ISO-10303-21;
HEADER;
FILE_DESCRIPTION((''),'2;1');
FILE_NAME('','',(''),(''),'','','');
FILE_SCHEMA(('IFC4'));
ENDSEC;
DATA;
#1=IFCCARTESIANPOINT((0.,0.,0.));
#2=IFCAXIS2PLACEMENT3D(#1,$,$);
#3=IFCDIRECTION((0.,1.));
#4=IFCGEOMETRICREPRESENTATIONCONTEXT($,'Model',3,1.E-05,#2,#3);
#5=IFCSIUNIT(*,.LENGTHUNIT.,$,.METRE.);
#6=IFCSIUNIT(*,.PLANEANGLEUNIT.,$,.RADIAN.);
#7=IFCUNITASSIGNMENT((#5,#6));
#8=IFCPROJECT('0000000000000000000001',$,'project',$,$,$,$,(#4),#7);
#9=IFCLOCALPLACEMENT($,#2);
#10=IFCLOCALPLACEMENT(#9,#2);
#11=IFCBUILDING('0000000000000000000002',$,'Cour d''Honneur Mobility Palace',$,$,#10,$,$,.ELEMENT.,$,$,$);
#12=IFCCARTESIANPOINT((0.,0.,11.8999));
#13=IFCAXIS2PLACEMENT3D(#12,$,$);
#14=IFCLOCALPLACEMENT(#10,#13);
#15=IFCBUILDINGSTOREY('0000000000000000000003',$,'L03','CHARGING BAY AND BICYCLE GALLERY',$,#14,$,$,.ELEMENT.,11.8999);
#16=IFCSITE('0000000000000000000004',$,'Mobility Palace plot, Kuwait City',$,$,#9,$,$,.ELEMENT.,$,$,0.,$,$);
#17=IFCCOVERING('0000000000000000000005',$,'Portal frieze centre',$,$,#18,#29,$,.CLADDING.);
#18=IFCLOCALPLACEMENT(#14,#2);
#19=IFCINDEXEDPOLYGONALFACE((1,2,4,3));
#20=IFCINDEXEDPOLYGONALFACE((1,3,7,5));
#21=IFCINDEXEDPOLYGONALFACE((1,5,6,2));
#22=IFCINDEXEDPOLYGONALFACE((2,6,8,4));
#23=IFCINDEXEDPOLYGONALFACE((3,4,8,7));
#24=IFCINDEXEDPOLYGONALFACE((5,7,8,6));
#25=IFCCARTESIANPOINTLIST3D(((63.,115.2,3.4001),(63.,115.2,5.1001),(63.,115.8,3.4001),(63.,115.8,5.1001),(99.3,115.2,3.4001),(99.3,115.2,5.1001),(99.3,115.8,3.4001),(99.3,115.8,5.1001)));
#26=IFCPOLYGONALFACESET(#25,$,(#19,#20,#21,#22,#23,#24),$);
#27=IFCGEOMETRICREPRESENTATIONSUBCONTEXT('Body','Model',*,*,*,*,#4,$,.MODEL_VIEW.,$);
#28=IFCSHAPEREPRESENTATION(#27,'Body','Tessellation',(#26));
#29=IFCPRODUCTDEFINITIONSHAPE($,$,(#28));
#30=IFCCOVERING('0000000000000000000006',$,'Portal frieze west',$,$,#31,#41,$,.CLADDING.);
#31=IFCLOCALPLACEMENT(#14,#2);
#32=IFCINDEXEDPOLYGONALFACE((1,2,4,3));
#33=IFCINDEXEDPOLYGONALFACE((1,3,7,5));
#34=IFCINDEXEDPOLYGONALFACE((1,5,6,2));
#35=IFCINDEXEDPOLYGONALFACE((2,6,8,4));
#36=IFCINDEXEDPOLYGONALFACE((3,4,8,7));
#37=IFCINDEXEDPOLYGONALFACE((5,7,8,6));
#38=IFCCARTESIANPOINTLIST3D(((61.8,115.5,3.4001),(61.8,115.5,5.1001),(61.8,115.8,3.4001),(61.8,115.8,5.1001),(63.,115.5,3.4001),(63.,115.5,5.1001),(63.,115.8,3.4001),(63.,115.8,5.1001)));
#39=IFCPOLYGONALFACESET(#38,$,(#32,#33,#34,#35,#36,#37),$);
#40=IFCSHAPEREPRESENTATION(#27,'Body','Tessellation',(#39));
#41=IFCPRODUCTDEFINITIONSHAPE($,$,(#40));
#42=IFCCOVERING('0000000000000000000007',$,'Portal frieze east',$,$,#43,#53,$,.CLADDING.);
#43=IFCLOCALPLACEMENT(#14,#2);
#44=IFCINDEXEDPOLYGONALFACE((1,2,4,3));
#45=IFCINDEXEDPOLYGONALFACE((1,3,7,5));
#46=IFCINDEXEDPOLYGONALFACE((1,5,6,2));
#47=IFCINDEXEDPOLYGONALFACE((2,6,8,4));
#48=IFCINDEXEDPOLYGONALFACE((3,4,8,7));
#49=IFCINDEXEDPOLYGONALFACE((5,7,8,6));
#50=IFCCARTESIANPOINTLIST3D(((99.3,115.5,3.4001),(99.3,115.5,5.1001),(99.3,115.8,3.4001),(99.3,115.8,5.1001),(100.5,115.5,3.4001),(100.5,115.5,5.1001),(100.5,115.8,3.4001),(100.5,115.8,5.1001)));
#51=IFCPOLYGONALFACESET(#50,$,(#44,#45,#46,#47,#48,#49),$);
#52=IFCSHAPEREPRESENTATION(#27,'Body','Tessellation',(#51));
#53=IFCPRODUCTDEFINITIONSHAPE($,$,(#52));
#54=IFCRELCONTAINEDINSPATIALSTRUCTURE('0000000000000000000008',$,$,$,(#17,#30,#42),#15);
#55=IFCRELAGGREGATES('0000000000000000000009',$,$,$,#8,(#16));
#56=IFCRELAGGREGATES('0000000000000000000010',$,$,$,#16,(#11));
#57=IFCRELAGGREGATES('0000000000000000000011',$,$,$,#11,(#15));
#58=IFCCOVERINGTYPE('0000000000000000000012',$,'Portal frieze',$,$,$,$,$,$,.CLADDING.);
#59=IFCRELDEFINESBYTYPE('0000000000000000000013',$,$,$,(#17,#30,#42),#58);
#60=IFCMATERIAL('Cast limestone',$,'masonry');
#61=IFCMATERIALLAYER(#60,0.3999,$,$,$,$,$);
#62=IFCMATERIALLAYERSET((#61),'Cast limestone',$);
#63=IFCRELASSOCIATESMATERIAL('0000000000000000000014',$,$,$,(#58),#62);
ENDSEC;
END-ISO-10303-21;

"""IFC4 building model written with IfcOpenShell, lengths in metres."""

from ifc_helpers import new_model, si_unit, direction, frame, origin, place, context, subcontext, project, spatial, polyline, outline, extrude, material, layer, layer_set, type_object, element, save


model = new_model("IFC4")

# Units and contexts
model_context = context("Model", 3, precision=1e-05, world=origin(), true_north=direction((0.0, 1.0)))
body_context = subcontext(model_context, "Body", "Model", "MODEL_VIEW")
ifc_project = project(units=[si_unit("LENGTHUNIT", "METRE"), si_unit("PLANEANGLEUNIT", "RADIAN")], contexts=[model_context])

# Site, building, storey
site_placement = place(None, origin())
site = spatial("IfcSite", under=ifc_project, at=site_placement, Name="Mobility Palace plot, Kuwait City", CompositionType="ELEMENT", RefElevation=0.0)
building_placement = place(site_placement, origin())
building = spatial("IfcBuilding", under=site, at=building_placement, Name="Cour d'Honneur Mobility Palace", CompositionType="ELEMENT")
storey_placement = place(building_placement, frame((0.0, 0.0, 11.8999)))
storey = spatial("IfcBuildingStorey", under=building, at=storey_placement, Name="L03", Description="CHARGING BAY AND BICYCLE GALLERY", CompositionType="ELEMENT", Elevation=11.8999)

# Coverings
ifc_material_1 = material(Name="Cast limestone", Category="masonry")
ifc_layer_1 = layer(ifc_material_1, 0.3999)
ifc_layer_set_1 = layer_set([ifc_layer_1], Name="Cast limestone")
covering_type_1 = type_object("IfcCoveringType", Name="Portal frieze", PredefinedType="CLADDING", material=ifc_layer_set_1)
covering_1_placement = place(storey_placement, frame((0.0, 0.0, 3.4001)))
element("IfcCovering", 1, at=covering_1_placement, inside=storey, type_object=covering_type_1, Name="Portal frieze centre", PredefinedType="CLADDING", context=body_context, shape_type="SweptSolid", body=[
    extrude(outline(polyline([(63.0, 115.2), (99.3, 115.2), (99.3, 115.8), (63.0, 115.8), (63.0, 115.2)])), origin(), (0.0, 0.0, 1.0), 1.7),
])
covering_2_placement = place(storey_placement, frame((0.0, 0.0, 3.4001)))
element("IfcCovering", 2, at=covering_2_placement, inside=storey, type_object=covering_type_1, Name="Portal frieze west", PredefinedType="CLADDING", context=body_context, shape_type="SweptSolid", body=[
    extrude(outline(polyline([(61.8, 115.5), (63.0, 115.5), (63.0, 115.8), (61.8, 115.8), (61.8, 115.5)])), origin(), (0.0, 0.0, 1.0), 1.7),
])
covering_3_placement = place(storey_placement, frame((0.0, 0.0, 3.4001)))
element("IfcCovering", 3, at=covering_3_placement, inside=storey, type_object=covering_type_1, Name="Portal frieze east", PredefinedType="CLADDING", context=body_context, shape_type="SweptSolid", body=[
    extrude(outline(polyline([(99.3, 115.5), (100.5, 115.5), (100.5, 115.8), (99.3, 115.8), (99.3, 115.5)])), origin(), (0.0, 0.0, 1.0), 1.7),
])

save(model, "model.ifc")
